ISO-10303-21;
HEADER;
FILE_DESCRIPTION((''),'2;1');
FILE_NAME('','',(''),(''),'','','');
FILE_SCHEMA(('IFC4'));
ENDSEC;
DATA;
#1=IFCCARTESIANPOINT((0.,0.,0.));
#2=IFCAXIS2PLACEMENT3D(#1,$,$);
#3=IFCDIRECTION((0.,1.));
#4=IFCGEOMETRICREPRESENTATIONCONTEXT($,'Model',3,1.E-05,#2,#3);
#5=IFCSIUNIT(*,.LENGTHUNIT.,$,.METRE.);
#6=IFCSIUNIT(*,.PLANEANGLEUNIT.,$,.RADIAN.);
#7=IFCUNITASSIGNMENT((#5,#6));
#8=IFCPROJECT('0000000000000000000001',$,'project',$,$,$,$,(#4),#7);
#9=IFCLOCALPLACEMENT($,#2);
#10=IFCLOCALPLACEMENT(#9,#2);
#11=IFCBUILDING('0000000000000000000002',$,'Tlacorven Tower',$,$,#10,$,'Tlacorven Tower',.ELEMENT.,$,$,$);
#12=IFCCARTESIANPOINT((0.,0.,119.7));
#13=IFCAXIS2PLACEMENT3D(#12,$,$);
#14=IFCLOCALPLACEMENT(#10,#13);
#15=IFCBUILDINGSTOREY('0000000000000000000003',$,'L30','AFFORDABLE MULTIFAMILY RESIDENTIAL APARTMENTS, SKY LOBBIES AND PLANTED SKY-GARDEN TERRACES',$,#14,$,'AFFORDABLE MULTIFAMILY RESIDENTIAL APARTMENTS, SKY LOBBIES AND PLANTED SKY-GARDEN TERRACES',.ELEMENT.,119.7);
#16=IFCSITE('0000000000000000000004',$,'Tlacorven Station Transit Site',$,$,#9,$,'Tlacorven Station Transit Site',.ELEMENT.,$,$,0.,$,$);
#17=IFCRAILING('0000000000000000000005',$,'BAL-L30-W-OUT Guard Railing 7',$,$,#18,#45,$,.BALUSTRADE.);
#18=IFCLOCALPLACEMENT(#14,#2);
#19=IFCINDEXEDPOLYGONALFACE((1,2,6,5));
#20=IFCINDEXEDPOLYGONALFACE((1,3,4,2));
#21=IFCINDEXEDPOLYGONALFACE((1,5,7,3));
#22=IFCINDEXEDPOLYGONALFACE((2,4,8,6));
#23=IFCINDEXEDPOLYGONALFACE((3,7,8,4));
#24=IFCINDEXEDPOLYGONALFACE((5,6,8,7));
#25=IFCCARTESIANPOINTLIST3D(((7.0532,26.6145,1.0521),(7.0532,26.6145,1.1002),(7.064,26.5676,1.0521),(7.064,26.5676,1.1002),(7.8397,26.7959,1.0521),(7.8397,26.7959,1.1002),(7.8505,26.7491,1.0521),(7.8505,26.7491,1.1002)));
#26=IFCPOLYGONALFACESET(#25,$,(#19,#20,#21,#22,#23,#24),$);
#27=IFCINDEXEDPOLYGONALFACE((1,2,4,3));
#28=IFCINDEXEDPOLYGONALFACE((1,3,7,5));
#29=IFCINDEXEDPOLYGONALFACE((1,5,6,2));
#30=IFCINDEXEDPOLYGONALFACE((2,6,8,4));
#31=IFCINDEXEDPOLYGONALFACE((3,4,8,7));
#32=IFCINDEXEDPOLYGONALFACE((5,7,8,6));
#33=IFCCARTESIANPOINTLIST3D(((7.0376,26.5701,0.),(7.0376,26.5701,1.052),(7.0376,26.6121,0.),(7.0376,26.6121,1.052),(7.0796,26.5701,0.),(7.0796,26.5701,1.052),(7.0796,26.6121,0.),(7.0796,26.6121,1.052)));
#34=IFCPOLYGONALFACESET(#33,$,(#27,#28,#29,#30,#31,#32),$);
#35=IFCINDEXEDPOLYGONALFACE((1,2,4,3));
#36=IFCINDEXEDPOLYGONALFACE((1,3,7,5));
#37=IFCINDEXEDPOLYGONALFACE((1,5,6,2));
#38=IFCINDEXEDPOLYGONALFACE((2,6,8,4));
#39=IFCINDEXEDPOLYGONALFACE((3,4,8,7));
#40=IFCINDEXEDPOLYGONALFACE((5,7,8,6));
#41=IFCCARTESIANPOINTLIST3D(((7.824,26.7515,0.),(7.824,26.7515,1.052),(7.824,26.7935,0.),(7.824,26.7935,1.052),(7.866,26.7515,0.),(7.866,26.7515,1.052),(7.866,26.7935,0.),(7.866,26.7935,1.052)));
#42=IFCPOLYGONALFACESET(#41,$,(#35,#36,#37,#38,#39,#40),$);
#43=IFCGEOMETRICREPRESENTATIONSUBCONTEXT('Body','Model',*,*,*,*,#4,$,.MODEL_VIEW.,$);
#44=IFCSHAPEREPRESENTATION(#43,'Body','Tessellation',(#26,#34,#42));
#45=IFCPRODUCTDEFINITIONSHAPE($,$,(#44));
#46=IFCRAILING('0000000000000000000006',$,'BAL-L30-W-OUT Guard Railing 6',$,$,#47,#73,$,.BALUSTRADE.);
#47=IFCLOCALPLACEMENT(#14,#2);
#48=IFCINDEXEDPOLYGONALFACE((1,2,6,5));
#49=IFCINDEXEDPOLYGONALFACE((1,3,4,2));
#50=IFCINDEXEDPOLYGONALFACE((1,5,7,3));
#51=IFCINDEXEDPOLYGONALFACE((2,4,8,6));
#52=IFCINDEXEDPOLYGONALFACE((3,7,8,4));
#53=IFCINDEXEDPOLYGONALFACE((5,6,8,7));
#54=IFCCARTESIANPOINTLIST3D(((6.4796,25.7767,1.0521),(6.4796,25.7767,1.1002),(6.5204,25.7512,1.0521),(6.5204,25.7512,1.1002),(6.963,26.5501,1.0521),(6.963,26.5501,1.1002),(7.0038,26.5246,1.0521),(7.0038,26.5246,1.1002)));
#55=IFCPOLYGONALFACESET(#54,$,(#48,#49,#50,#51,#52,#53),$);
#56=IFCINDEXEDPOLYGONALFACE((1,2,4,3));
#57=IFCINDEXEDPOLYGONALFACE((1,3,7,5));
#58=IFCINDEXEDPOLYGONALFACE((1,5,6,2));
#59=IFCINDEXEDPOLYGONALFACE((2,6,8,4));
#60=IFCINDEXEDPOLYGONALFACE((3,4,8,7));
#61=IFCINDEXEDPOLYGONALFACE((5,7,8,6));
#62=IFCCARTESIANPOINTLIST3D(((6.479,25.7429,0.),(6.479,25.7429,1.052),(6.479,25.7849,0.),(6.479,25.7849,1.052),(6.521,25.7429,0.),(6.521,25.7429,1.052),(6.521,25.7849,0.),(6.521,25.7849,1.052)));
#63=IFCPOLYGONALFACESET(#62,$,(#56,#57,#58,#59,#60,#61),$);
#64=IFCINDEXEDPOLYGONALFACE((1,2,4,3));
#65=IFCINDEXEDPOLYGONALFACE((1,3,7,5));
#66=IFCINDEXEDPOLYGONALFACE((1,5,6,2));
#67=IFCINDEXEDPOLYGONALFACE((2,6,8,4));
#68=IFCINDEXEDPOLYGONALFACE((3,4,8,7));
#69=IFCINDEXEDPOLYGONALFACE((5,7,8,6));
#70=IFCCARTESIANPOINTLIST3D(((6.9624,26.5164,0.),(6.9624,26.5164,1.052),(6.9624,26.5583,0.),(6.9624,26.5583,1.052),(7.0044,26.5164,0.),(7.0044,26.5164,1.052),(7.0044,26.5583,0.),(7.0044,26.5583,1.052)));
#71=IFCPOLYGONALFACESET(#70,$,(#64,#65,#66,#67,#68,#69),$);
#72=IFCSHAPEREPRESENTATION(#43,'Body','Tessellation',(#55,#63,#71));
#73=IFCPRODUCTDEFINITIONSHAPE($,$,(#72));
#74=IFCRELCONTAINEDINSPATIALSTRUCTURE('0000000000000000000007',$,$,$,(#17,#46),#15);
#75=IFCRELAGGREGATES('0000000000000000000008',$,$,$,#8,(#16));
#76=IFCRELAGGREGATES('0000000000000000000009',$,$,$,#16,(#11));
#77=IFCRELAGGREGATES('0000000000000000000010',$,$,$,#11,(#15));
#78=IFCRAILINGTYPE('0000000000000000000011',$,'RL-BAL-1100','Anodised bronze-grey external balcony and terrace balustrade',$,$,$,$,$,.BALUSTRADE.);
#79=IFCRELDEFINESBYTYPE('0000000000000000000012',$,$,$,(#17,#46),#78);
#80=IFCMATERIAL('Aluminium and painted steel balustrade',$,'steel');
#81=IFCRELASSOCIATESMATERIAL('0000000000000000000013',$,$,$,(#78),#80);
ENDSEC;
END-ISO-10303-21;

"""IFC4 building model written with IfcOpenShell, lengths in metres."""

from ifc_helpers import new_model, si_unit, direction, frame, origin, origin_2d, place, context, subcontext, project, spatial, rectangle, extrude, source, transform, mapped, material, type_object, element, save


model = new_model("IFC4")

# Units and contexts
model_context = context("Model", 3, precision=1e-05, world=origin(), true_north=direction((0.0, 1.0)))
body_context = subcontext(model_context, "Body", "Model", "MODEL_VIEW")
ifc_project = project(units=[si_unit("LENGTHUNIT", "METRE"), si_unit("PLANEANGLEUNIT", "RADIAN")], contexts=[model_context])

# Site, building, storey
site_placement = place(None, origin())
site = spatial("IfcSite", under=ifc_project, at=site_placement, Name="Tlacorven Station Transit Site", LongName="Tlacorven Station Transit Site", CompositionType="ELEMENT", RefElevation=0.0)
building_placement = place(site_placement, origin())
building = spatial("IfcBuilding", under=site, at=building_placement, Name="Tlacorven Tower", LongName="Tlacorven Tower", CompositionType="ELEMENT")
storey_placement = place(building_placement, frame((0.0, 0.0, 119.7)))
storey = spatial("IfcBuildingStorey", under=building, at=storey_placement, Name="L30", Description="AFFORDABLE MULTIFAMILY RESIDENTIAL APARTMENTS, SKY LOBBIES AND PLANTED SKY-GARDEN TERRACES", LongName="AFFORDABLE MULTIFAMILY RESIDENTIAL APARTMENTS, SKY LOBBIES AND PLANTED SKY-GARDEN TERRACES", CompositionType="ELEMENT", Elevation=119.7)

# Railings
ifc_material_1 = material(Name="Aluminium and painted steel balustrade", Category="steel")
railing_type = type_object("IfcRailingType", Name="RL-BAL-1100", Description="Anodised bronze-grey external balcony and terrace balustrade", PredefinedType="BALUSTRADE", material=ifc_material_1)
shared_shape_1 = source(origin(), body_context, "Body", "SweptSolid", [
    extrude(rectangle(XDim=0.0481, YDim=0.0481, at=origin_2d()), frame((0.0, 0.0, 1.0762), z_axis=(0.974412, 0.224771, 0.0), x_axis=(-0.224771, 0.974412, 0.0)), (0.0, 0.0, 1.0), 0.8071),
    extrude(rectangle(XDim=0.042, YDim=0.042, at=origin_2d()), origin(), (0.0, 0.0, 1.0), 1.052),
    extrude(rectangle(XDim=0.042, YDim=0.042, at=origin_2d()), frame((0.7864, 0.1814, 0.0)), (0.0, 0.0, 1.0), 1.052),
])
railing_1_placement = place(storey_placement, frame((7.0586, 26.5911, 0.0)))
element("IfcRailing", 1, at=railing_1_placement, inside=storey, type_object=railing_type, Name="BAL-L30-W-OUT Guard Railing 7", PredefinedType="BALUSTRADE", context=body_context, shape_type="MappedRepresentation", body=[
    mapped(shared_shape_1, transform((0.0, 0.0, 0.0), scale=1.0)),
])
shared_shape_2 = source(origin(), body_context, "Body", "SweptSolid", [
    extrude(rectangle(XDim=0.0481, YDim=0.0481, at=origin_2d()), frame((0.0, 0.0, 1.0762), z_axis=(0.529999, 0.847998, 0.0), x_axis=(-0.847998, 0.529999, 0.0)), (0.0, 0.0, 1.0), 0.9121),
    extrude(rectangle(XDim=0.042, YDim=0.042, at=origin_2d()), origin(), (0.0, 0.0, 1.0), 1.052),
    extrude(rectangle(XDim=0.042, YDim=0.042, at=origin_2d()), frame((0.4834, 0.7734, 0.0)), (0.0, 0.0, 1.0), 1.052),
])
railing_2_placement = place(storey_placement, frame((6.5, 25.7639, 0.0)))
element("IfcRailing", 2, at=railing_2_placement, inside=storey, type_object=railing_type, Name="BAL-L30-W-OUT Guard Railing 6", PredefinedType="BALUSTRADE", context=body_context, shape_type="MappedRepresentation", body=[
    mapped(shared_shape_2, transform((0.0, 0.0, 0.0), scale=1.0)),
])

save(model, "model.ifc")
